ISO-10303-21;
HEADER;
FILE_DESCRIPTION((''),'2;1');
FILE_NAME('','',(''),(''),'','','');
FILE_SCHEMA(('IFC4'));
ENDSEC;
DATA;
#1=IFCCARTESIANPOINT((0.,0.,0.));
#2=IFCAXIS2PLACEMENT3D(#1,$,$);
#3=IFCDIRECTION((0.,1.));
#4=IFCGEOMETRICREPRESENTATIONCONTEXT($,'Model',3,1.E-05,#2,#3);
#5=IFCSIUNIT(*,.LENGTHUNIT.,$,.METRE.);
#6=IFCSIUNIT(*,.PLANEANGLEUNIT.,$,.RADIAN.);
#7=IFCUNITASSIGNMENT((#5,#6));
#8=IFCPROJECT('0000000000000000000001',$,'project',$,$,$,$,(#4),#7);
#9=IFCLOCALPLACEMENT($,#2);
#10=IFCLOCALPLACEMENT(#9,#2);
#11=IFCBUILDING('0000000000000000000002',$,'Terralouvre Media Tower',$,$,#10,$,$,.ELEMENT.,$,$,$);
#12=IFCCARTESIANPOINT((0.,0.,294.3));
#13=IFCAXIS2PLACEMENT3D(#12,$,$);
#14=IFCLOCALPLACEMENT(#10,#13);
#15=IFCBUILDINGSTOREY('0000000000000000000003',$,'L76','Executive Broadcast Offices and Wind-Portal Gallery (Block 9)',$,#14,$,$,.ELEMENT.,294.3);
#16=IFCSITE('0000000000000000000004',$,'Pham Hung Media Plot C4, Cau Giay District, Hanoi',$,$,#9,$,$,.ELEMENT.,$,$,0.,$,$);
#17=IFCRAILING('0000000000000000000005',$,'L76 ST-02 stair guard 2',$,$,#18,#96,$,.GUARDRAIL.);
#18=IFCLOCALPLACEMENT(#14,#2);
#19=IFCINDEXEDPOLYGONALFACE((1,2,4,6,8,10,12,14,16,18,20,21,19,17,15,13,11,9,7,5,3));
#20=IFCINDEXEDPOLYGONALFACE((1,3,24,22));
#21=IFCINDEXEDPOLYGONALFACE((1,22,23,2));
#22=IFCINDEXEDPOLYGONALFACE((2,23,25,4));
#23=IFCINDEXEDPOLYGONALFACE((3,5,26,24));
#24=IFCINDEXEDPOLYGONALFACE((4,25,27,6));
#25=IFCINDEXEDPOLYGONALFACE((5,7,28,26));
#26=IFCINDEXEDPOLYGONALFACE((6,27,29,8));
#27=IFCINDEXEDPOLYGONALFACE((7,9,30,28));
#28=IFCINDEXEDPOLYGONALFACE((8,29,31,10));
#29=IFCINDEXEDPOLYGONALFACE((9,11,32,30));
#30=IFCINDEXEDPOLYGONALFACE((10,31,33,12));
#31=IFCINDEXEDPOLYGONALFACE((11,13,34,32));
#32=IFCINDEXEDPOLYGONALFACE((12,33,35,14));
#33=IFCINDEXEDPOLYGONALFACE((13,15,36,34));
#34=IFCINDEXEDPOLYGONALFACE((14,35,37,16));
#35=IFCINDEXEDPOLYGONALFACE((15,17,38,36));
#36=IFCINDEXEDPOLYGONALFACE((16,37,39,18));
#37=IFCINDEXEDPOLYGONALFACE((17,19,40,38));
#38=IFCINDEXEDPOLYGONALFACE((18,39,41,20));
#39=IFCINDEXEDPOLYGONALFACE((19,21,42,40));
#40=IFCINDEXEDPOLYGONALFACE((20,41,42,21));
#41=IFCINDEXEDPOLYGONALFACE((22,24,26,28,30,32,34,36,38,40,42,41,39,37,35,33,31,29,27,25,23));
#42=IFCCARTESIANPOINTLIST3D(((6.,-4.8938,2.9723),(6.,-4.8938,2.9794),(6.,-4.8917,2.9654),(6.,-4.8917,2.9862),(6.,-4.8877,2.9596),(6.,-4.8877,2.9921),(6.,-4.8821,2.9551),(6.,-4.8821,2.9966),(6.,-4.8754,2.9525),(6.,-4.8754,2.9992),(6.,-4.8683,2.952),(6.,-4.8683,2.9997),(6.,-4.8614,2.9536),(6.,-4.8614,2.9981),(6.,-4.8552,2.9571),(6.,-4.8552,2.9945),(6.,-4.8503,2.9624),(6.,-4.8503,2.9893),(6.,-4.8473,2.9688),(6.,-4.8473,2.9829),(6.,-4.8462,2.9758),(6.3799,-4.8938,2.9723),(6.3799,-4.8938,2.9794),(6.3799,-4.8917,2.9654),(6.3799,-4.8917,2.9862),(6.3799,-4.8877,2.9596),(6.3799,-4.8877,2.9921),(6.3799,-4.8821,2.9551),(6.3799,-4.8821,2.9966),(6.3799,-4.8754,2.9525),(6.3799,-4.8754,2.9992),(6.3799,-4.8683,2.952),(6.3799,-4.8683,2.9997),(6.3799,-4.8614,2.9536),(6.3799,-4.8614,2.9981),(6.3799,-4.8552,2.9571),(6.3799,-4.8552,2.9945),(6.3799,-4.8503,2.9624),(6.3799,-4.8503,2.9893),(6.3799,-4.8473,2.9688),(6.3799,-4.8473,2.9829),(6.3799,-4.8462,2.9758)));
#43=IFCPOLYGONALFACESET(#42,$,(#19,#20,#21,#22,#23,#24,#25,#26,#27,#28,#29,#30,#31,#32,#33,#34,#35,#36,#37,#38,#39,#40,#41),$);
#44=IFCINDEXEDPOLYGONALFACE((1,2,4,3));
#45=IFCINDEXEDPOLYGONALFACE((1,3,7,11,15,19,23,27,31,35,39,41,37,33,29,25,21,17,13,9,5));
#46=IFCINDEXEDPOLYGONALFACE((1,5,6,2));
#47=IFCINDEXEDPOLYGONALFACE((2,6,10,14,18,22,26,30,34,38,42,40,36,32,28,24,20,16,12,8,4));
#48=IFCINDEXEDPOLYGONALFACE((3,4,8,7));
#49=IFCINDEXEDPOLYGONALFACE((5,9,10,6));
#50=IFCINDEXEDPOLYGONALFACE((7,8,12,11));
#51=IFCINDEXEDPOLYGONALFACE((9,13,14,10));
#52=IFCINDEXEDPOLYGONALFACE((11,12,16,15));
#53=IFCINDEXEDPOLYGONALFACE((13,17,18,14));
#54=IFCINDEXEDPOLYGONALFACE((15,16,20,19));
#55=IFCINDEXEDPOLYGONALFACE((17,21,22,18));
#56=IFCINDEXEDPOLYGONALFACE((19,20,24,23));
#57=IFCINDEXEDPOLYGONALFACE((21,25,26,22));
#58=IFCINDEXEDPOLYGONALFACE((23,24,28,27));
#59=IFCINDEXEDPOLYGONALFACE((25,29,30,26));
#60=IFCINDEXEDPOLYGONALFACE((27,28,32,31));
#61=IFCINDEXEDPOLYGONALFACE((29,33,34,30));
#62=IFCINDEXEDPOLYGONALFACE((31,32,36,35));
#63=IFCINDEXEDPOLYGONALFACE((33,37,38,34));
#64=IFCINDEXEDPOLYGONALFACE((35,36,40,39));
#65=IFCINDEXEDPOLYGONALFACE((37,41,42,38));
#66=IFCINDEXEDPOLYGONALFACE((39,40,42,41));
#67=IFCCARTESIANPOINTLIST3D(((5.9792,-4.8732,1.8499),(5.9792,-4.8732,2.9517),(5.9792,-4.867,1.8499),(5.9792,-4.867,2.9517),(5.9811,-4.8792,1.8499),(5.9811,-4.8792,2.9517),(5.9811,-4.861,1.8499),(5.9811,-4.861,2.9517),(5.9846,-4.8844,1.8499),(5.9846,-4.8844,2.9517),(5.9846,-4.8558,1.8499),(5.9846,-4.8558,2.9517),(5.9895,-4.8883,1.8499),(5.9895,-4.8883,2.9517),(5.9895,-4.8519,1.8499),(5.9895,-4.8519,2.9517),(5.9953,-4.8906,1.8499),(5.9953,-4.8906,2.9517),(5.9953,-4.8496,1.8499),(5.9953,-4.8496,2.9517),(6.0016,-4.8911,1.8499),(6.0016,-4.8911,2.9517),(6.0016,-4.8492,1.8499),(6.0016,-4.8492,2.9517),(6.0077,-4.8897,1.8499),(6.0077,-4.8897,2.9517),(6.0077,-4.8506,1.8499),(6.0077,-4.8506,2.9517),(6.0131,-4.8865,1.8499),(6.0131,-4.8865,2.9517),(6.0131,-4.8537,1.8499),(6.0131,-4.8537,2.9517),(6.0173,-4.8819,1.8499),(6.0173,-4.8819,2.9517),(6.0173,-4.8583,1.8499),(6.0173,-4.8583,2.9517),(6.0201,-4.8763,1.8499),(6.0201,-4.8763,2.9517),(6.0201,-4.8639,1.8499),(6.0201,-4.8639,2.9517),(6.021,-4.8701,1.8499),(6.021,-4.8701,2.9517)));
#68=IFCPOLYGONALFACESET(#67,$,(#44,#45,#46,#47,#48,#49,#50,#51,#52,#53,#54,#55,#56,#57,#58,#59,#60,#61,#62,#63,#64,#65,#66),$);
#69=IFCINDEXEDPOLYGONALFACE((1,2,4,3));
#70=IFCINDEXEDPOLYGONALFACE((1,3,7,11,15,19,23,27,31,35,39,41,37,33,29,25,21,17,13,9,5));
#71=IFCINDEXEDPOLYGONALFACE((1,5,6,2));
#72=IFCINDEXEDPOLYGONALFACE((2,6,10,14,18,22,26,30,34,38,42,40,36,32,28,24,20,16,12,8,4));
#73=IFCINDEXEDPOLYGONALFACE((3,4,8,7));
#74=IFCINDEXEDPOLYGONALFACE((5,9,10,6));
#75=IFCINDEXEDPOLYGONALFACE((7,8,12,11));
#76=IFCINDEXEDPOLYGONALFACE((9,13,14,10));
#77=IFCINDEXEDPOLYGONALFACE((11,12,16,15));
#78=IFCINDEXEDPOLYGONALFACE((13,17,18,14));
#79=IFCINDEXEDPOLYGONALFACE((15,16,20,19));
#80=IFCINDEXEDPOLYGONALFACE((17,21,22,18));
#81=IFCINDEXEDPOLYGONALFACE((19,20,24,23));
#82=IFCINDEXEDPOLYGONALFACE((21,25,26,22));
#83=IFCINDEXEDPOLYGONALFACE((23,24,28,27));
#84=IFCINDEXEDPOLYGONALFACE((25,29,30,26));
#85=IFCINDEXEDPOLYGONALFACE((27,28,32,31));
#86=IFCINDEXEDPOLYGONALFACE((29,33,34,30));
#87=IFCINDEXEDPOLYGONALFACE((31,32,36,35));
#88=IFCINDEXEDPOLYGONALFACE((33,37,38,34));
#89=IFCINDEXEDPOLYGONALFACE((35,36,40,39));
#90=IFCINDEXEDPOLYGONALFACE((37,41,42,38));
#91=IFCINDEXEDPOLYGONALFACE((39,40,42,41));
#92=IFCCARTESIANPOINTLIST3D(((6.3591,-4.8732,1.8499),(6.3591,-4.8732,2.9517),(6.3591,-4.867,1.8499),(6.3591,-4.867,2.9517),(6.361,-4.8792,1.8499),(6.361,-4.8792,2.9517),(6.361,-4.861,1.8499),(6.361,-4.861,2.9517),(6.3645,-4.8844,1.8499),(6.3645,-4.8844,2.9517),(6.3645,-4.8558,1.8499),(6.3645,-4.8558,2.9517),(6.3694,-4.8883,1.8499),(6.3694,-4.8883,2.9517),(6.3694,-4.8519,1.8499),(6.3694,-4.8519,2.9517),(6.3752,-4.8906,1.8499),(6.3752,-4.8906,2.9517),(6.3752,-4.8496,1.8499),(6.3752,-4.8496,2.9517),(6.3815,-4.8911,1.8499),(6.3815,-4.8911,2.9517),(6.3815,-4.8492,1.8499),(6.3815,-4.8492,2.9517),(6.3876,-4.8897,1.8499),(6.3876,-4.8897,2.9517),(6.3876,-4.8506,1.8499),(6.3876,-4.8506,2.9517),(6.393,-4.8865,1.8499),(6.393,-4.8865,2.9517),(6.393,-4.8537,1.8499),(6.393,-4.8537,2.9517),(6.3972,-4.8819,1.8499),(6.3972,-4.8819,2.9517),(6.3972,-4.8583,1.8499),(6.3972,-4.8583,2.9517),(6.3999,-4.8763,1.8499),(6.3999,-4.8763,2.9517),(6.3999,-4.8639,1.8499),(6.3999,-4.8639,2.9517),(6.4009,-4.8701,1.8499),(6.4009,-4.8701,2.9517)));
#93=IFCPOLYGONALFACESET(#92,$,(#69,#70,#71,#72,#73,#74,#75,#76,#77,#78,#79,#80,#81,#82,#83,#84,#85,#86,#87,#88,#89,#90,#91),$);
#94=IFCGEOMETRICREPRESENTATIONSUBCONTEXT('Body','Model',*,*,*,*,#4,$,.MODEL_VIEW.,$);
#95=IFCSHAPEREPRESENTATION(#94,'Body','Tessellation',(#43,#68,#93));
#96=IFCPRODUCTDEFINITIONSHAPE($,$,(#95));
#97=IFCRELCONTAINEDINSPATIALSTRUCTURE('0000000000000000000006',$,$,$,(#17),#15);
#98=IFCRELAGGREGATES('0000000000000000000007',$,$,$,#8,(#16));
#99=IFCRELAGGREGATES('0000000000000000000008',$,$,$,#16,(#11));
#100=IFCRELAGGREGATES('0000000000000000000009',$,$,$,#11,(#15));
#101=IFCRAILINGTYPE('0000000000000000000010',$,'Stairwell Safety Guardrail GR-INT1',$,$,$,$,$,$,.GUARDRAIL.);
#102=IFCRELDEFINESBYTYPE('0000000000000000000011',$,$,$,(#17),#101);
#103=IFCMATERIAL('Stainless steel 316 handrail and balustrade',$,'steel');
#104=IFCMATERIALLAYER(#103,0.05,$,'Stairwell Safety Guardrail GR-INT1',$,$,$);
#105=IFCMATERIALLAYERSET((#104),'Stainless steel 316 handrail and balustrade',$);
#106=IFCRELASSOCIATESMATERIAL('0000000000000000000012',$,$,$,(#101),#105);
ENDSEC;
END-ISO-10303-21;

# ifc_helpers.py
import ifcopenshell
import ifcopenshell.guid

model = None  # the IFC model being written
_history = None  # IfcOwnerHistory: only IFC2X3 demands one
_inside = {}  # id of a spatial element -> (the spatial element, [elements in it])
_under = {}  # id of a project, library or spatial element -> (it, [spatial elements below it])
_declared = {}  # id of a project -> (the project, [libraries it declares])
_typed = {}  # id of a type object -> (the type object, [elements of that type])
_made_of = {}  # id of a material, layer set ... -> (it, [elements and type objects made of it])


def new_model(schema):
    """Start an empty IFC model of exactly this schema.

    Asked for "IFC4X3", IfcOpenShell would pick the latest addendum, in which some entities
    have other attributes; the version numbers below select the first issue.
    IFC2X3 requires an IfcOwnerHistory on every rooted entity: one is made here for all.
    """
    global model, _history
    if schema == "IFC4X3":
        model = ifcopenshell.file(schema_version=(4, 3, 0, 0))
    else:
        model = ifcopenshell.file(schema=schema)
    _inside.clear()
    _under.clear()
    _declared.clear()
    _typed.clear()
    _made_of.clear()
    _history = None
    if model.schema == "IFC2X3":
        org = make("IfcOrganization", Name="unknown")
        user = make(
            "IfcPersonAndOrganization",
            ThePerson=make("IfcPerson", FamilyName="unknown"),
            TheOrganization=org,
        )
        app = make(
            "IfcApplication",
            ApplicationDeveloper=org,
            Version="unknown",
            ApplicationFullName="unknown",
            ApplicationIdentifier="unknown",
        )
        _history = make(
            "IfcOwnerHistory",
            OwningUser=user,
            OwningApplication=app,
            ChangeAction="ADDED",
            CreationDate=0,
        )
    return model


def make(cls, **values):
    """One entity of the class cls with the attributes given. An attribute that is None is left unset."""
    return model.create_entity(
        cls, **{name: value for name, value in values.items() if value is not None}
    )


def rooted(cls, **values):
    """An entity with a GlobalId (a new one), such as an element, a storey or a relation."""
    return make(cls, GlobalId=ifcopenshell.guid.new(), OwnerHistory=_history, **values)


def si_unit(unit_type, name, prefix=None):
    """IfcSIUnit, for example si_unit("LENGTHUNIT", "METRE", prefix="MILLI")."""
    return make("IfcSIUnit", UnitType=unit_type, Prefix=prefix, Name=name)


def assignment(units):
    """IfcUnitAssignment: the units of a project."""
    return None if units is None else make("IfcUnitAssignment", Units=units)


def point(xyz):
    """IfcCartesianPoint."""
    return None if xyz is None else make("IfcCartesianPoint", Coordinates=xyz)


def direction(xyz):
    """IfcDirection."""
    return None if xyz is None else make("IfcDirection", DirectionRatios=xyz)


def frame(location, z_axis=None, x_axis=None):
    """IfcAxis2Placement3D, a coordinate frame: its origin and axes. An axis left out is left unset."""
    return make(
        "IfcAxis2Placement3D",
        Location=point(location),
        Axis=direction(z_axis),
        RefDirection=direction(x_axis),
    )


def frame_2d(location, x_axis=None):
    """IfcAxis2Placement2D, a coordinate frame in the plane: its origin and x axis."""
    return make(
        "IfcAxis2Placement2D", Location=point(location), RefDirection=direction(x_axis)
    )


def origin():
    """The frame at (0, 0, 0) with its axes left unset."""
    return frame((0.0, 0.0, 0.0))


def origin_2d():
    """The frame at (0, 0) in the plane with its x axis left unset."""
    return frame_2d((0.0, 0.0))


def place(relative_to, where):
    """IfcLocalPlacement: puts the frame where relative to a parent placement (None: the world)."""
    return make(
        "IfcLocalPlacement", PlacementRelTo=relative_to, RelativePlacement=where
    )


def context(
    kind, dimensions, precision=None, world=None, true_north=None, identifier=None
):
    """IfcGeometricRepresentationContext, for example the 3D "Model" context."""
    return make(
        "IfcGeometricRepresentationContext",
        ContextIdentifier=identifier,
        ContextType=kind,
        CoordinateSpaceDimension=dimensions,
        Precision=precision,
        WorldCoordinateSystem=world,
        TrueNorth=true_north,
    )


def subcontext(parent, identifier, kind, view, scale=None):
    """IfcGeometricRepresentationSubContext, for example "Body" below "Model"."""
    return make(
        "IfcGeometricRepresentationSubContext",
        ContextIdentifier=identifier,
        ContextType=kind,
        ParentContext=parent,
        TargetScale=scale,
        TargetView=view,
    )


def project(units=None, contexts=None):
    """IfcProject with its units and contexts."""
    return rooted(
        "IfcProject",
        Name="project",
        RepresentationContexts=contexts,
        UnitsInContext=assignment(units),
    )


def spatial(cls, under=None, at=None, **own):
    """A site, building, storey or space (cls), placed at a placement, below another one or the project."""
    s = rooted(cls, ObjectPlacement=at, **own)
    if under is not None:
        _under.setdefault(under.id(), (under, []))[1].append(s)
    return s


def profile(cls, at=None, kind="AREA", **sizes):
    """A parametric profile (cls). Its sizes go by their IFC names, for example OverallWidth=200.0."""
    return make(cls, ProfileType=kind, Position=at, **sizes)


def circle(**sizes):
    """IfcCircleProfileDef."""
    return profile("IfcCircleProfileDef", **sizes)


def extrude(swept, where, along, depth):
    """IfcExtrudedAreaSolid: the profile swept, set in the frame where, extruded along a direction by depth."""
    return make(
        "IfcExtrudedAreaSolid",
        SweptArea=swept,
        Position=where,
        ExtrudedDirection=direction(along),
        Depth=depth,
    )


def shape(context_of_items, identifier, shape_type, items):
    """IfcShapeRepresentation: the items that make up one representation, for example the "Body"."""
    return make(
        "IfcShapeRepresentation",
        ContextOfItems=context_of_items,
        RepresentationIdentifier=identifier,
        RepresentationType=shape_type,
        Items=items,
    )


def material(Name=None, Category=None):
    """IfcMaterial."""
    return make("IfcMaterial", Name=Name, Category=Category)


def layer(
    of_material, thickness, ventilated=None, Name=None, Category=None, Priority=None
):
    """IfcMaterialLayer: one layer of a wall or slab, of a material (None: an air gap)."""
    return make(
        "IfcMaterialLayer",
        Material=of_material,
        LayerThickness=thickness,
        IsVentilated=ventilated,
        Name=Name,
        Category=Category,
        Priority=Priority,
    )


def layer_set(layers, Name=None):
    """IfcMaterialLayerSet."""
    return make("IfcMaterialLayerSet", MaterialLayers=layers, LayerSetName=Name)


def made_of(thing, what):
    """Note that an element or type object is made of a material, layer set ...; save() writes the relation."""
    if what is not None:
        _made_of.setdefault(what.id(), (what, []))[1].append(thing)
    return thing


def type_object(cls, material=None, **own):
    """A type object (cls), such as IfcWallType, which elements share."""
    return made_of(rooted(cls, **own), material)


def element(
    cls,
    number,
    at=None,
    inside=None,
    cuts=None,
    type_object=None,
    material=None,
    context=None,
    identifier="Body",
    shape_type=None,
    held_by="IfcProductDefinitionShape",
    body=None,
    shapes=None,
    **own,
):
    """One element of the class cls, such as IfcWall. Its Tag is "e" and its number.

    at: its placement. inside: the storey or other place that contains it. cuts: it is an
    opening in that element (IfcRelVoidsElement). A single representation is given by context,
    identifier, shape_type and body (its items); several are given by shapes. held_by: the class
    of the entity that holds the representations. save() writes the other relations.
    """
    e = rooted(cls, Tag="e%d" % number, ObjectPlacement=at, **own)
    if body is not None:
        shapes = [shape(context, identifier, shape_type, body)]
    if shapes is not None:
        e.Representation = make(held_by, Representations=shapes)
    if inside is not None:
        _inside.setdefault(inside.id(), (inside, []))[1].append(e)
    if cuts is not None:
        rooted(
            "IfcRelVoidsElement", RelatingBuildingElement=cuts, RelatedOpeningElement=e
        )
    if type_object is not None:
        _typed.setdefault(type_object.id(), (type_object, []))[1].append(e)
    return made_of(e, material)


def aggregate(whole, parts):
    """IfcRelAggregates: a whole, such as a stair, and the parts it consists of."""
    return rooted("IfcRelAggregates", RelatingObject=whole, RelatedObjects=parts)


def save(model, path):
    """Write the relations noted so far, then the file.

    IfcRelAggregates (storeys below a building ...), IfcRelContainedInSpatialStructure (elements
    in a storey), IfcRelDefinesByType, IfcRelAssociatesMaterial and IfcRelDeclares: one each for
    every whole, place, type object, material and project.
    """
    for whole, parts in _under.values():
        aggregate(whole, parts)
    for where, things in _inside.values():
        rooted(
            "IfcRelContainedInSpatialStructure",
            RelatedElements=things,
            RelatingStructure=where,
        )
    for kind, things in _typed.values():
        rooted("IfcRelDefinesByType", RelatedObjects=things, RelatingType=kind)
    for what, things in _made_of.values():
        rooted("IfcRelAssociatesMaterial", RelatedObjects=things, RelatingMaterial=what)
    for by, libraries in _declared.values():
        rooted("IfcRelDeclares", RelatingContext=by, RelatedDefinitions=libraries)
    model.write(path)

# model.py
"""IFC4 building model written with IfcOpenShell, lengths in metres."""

from ifc_helpers import new_model, si_unit, direction, frame, origin, origin_2d, place, context, subcontext, project, spatial, circle, extrude, material, layer, layer_set, type_object, element, save


model = new_model("IFC4")

# Units and contexts
model_context = context("Model", 3, precision=1e-05, world=origin(), true_north=direction((0.0, 1.0)))
body_context = subcontext(model_context, "Body", "Model", "MODEL_VIEW")
ifc_project = project(units=[si_unit("LENGTHUNIT", "METRE"), si_unit("PLANEANGLEUNIT", "RADIAN")], contexts=[model_context])

# Site, building, storey
site_placement = place(None, origin())
site = spatial("IfcSite", under=ifc_project, at=site_placement, Name="Pham Hung Media Plot C4, Cau Giay District, Hanoi", CompositionType="ELEMENT", RefElevation=0.0)
building_placement = place(site_placement, origin())
building = spatial("IfcBuilding", under=site, at=building_placement, Name="Terralouvre Media Tower", CompositionType="ELEMENT")
storey_placement = place(building_placement, frame((0.0, 0.0, 294.3)))
storey = spatial("IfcBuildingStorey", under=building, at=storey_placement, Name="L76", Description="Executive Broadcast Offices and Wind-Portal Gallery (Block 9)", CompositionType="ELEMENT", Elevation=294.3)

# Railing
ifc_material_1 = material(Name="Stainless steel 316 handrail and balustrade", Category="steel")
ifc_layer_1 = layer(ifc_material_1, 0.05, Name="Stairwell Safety Guardrail GR-INT1")
ifc_layer_set_1 = layer_set([ifc_layer_1], Name="Stainless steel 316 handrail and balustrade")
railing_type_1 = type_object("IfcRailingType", Name="Stairwell Safety Guardrail GR-INT1", PredefinedType="GUARDRAIL", material=ifc_layer_set_1)
railing_1_placement = place(storey_placement, frame((6.0, -4.8701, 1.8499)))
element("IfcRailing", 1, at=railing_1_placement, inside=storey, type_object=railing_type_1, Name="L76 ST-02 stair guard 2", PredefinedType="GUARDRAIL", context=body_context, shape_type="SweptSolid", body=[
    extrude(circle(Radius=0.0239, at=origin_2d()), frame((0.0, 0.0, 1.126), z_axis=(1.0, 0.0, 0.0), x_axis=(0.0, 1.0, 0.0)), (0.0, 0.0, 1.0), 0.3799),
    extrude(circle(Radius=0.021, at=origin_2d()), origin(), (0.0, 0.0, 1.0), 1.1018),
    extrude(circle(Radius=0.021, at=origin_2d()), frame((0.3799, 0.0, 0.0)), (0.0, 0.0, 1.0), 1.1018),
])

save(model, "model.ifc")
